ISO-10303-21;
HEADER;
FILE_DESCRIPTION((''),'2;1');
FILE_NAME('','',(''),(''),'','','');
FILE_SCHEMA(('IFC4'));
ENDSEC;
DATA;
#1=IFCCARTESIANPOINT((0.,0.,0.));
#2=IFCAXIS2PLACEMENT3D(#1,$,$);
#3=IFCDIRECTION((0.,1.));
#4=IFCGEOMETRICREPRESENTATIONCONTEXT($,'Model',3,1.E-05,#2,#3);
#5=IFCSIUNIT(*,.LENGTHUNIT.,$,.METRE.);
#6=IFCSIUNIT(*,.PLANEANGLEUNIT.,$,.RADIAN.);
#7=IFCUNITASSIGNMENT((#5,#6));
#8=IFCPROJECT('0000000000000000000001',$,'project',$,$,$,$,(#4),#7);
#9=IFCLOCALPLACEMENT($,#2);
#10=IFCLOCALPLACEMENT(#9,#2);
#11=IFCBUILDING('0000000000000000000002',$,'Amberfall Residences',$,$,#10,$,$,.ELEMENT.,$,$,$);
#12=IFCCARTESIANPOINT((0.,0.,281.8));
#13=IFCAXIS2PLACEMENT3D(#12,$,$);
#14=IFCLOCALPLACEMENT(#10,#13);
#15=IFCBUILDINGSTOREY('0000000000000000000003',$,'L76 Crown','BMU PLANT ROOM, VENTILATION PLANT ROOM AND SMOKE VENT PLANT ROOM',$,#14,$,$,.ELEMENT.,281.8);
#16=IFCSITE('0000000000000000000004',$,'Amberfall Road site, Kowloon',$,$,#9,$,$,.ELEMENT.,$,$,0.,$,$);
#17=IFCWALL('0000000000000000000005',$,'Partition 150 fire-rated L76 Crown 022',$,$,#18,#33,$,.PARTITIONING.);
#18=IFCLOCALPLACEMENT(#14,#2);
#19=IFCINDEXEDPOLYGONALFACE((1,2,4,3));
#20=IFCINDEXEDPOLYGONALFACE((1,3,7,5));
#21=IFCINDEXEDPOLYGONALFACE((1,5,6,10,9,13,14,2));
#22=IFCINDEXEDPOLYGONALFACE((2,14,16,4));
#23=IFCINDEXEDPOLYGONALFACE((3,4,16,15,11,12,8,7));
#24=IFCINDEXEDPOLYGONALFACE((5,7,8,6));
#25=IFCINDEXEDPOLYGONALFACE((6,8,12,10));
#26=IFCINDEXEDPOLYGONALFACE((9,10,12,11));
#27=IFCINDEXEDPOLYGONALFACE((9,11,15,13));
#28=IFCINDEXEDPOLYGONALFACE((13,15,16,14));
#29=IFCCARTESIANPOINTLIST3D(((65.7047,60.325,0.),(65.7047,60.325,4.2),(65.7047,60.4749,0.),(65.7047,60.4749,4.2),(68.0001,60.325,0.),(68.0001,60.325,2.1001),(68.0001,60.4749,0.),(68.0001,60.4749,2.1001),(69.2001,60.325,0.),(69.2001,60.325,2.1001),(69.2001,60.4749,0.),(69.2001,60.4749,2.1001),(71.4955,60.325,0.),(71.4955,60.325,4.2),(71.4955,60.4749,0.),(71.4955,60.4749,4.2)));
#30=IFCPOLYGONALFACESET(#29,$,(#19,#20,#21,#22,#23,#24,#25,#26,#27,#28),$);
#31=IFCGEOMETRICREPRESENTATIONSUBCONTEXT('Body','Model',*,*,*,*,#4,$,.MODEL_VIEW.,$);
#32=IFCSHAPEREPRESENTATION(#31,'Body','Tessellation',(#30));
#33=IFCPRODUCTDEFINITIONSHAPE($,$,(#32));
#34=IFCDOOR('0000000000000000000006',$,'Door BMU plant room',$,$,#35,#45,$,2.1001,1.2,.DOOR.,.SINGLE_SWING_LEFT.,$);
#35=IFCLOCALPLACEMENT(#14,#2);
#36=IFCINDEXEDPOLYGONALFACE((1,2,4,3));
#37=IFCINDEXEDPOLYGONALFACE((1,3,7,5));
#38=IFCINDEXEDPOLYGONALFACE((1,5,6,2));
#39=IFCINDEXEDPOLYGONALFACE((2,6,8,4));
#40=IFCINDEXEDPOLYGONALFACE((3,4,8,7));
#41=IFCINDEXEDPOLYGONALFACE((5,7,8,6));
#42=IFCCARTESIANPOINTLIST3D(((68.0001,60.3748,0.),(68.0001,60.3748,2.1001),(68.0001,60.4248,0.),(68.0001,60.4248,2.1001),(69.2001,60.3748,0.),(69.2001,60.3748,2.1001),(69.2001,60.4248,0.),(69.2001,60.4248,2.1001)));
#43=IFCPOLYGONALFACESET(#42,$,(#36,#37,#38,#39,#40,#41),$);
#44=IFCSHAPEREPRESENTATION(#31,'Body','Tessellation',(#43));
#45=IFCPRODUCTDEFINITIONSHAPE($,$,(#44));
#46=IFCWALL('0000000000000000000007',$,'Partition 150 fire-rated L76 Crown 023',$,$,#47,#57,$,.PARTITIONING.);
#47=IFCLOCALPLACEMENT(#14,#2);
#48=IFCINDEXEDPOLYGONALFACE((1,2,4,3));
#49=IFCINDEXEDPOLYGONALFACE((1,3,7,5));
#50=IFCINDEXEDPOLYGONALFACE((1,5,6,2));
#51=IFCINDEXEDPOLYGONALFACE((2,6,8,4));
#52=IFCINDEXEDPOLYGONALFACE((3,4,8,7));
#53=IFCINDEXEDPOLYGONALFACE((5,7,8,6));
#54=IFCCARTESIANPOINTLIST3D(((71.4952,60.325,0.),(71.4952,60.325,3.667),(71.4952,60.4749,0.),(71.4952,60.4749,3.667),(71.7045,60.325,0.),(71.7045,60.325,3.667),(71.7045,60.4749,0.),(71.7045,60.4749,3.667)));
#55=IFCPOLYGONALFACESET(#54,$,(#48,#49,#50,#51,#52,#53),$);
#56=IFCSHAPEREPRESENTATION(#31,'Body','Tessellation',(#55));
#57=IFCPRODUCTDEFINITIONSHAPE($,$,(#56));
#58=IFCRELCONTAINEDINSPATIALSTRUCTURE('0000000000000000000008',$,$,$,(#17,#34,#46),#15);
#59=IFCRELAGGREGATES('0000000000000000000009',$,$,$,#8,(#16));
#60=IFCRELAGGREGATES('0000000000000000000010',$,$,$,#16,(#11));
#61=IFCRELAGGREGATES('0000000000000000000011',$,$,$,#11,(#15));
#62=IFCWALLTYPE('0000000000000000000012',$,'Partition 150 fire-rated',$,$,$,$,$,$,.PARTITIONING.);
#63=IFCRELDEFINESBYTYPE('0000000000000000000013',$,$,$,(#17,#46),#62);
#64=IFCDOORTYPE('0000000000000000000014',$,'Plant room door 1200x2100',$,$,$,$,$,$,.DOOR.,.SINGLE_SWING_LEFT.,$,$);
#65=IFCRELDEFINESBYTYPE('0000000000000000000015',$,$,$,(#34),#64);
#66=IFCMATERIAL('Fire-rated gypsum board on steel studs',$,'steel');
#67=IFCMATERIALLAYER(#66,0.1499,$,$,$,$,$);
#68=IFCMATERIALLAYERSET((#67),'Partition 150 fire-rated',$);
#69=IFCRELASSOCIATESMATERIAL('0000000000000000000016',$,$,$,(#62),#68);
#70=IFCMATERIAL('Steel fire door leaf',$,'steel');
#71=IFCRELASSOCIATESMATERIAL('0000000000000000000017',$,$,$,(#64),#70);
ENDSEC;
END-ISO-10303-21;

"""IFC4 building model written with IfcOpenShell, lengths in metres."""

from ifc_helpers import new_model, si_unit, direction, frame, frame_2d, origin, place, context, subcontext, project, spatial, rectangle, extrude, material, layer, layer_set, type_object, element, fill, save


model = new_model("IFC4")

# Units and contexts
model_context = context("Model", 3, precision=1e-05, world=origin(), true_north=direction((0.0, 1.0)))
body_context = subcontext(model_context, "Body", "Model", "MODEL_VIEW")
ifc_project = project(units=[si_unit("LENGTHUNIT", "METRE"), si_unit("PLANEANGLEUNIT", "RADIAN")], contexts=[model_context])

# Site, building, storey
site_placement = place(None, origin())
site = spatial("IfcSite", under=ifc_project, at=site_placement, Name="Amberfall Road site, Kowloon", CompositionType="ELEMENT", RefElevation=0.0)
building_placement = place(site_placement, origin())
building = spatial("IfcBuilding", under=site, at=building_placement, Name="Amberfall Residences", CompositionType="ELEMENT")
storey_placement = place(building_placement, frame((0.0, 0.0, 281.8)))
storey = spatial("IfcBuildingStorey", under=building, at=storey_placement, Name="L76 Crown", Description="BMU PLANT ROOM, VENTILATION PLANT ROOM AND SMOKE VENT PLANT ROOM", CompositionType="ELEMENT", Elevation=281.8)

# Shared definitions
ifc_material_1 = material(Name="Fire-rated gypsum board on steel studs", Category="steel")
ifc_layer_1 = layer(ifc_material_1, 0.1499)
ifc_layer_set_1 = layer_set([ifc_layer_1], Name="Partition 150 fire-rated")
wall_type = type_object("IfcWallType", Name="Partition 150 fire-rated", PredefinedType="PARTITIONING", material=ifc_layer_set_1)

# Wall, opening, door
wall_1_placement = place(storey_placement, frame((65.7046, 60.3999, 0.0), z_axis=(0.0, 0.0, 1.0), x_axis=(1.0, 0.0, 0.0)))
wall_1 = element("IfcWall", 1, at=wall_1_placement, inside=storey, type_object=wall_type, Name="Partition 150 fire-rated L76 Crown 022", PredefinedType="PARTITIONING", context=body_context, shape_type="SweptSolid", body=[
    extrude(rectangle(XDim=5.7908, YDim=0.1499, at=frame_2d((2.8955, 0.0))), origin(), (0.0, 0.0, 1.0), 4.2),
])
opening_placement = place(wall_1_placement, frame((2.2954, 0.0, 0.0)))
opening = element("IfcOpeningElement", 2, at=opening_placement, cuts=wall_1, PredefinedType="OPENING", context=body_context, shape_type="SweptSolid", body=[
    extrude(rectangle(XDim=1.2, YDim=2.1001, at=frame_2d((0.6001, 1.05))), frame((0.0, 0.085, 0.0), z_axis=(0.0, -1.0, 0.0), x_axis=(1.0, 0.0, 0.0)), (0.0, 0.0, 1.0), 0.1699),
])
ifc_material_2 = material(Name="Steel fire door leaf", Category="steel")
door_type = type_object("IfcDoorType", Name="Plant room door 1200x2100", OperationType="SINGLE_SWING_LEFT", PredefinedType="DOOR", material=ifc_material_2)
door_placement = place(opening_placement, origin())
door = element("IfcDoor", 3, at=door_placement, inside=storey, type_object=door_type, Name="Door BMU plant room", OperationType="SINGLE_SWING_LEFT", OverallHeight=2.1001, OverallWidth=1.2, PredefinedType="DOOR", context=body_context, shape_type="SweptSolid", body=[
    extrude(rectangle(XDim=1.2, YDim=2.1001, at=frame_2d((0.6001, 1.05))), frame((0.0, 0.0249, 0.0), z_axis=(0.0, -1.0, 0.0), x_axis=(1.0, 0.0, 0.0)), (0.0, 0.0, 1.0), 0.05),
])
fill(opening, door)

# Wall
wall_2_placement = place(storey_placement, frame((71.4954, 60.3999, 0.0), z_axis=(0.0, 0.0, 1.0), x_axis=(1.0, 0.0, 0.0)))
element("IfcWall", 4, at=wall_2_placement, inside=storey, type_object=wall_type, Name="Partition 150 fire-rated L76 Crown 023", PredefinedType="PARTITIONING", context=body_context, shape_type="SweptSolid", body=[
    extrude(rectangle(XDim=0.2092, YDim=0.1499, at=frame_2d((0.1045, 0.0))), origin(), (0.0, 0.0, 1.0), 3.667),
])

save(model, "model.ifc")
